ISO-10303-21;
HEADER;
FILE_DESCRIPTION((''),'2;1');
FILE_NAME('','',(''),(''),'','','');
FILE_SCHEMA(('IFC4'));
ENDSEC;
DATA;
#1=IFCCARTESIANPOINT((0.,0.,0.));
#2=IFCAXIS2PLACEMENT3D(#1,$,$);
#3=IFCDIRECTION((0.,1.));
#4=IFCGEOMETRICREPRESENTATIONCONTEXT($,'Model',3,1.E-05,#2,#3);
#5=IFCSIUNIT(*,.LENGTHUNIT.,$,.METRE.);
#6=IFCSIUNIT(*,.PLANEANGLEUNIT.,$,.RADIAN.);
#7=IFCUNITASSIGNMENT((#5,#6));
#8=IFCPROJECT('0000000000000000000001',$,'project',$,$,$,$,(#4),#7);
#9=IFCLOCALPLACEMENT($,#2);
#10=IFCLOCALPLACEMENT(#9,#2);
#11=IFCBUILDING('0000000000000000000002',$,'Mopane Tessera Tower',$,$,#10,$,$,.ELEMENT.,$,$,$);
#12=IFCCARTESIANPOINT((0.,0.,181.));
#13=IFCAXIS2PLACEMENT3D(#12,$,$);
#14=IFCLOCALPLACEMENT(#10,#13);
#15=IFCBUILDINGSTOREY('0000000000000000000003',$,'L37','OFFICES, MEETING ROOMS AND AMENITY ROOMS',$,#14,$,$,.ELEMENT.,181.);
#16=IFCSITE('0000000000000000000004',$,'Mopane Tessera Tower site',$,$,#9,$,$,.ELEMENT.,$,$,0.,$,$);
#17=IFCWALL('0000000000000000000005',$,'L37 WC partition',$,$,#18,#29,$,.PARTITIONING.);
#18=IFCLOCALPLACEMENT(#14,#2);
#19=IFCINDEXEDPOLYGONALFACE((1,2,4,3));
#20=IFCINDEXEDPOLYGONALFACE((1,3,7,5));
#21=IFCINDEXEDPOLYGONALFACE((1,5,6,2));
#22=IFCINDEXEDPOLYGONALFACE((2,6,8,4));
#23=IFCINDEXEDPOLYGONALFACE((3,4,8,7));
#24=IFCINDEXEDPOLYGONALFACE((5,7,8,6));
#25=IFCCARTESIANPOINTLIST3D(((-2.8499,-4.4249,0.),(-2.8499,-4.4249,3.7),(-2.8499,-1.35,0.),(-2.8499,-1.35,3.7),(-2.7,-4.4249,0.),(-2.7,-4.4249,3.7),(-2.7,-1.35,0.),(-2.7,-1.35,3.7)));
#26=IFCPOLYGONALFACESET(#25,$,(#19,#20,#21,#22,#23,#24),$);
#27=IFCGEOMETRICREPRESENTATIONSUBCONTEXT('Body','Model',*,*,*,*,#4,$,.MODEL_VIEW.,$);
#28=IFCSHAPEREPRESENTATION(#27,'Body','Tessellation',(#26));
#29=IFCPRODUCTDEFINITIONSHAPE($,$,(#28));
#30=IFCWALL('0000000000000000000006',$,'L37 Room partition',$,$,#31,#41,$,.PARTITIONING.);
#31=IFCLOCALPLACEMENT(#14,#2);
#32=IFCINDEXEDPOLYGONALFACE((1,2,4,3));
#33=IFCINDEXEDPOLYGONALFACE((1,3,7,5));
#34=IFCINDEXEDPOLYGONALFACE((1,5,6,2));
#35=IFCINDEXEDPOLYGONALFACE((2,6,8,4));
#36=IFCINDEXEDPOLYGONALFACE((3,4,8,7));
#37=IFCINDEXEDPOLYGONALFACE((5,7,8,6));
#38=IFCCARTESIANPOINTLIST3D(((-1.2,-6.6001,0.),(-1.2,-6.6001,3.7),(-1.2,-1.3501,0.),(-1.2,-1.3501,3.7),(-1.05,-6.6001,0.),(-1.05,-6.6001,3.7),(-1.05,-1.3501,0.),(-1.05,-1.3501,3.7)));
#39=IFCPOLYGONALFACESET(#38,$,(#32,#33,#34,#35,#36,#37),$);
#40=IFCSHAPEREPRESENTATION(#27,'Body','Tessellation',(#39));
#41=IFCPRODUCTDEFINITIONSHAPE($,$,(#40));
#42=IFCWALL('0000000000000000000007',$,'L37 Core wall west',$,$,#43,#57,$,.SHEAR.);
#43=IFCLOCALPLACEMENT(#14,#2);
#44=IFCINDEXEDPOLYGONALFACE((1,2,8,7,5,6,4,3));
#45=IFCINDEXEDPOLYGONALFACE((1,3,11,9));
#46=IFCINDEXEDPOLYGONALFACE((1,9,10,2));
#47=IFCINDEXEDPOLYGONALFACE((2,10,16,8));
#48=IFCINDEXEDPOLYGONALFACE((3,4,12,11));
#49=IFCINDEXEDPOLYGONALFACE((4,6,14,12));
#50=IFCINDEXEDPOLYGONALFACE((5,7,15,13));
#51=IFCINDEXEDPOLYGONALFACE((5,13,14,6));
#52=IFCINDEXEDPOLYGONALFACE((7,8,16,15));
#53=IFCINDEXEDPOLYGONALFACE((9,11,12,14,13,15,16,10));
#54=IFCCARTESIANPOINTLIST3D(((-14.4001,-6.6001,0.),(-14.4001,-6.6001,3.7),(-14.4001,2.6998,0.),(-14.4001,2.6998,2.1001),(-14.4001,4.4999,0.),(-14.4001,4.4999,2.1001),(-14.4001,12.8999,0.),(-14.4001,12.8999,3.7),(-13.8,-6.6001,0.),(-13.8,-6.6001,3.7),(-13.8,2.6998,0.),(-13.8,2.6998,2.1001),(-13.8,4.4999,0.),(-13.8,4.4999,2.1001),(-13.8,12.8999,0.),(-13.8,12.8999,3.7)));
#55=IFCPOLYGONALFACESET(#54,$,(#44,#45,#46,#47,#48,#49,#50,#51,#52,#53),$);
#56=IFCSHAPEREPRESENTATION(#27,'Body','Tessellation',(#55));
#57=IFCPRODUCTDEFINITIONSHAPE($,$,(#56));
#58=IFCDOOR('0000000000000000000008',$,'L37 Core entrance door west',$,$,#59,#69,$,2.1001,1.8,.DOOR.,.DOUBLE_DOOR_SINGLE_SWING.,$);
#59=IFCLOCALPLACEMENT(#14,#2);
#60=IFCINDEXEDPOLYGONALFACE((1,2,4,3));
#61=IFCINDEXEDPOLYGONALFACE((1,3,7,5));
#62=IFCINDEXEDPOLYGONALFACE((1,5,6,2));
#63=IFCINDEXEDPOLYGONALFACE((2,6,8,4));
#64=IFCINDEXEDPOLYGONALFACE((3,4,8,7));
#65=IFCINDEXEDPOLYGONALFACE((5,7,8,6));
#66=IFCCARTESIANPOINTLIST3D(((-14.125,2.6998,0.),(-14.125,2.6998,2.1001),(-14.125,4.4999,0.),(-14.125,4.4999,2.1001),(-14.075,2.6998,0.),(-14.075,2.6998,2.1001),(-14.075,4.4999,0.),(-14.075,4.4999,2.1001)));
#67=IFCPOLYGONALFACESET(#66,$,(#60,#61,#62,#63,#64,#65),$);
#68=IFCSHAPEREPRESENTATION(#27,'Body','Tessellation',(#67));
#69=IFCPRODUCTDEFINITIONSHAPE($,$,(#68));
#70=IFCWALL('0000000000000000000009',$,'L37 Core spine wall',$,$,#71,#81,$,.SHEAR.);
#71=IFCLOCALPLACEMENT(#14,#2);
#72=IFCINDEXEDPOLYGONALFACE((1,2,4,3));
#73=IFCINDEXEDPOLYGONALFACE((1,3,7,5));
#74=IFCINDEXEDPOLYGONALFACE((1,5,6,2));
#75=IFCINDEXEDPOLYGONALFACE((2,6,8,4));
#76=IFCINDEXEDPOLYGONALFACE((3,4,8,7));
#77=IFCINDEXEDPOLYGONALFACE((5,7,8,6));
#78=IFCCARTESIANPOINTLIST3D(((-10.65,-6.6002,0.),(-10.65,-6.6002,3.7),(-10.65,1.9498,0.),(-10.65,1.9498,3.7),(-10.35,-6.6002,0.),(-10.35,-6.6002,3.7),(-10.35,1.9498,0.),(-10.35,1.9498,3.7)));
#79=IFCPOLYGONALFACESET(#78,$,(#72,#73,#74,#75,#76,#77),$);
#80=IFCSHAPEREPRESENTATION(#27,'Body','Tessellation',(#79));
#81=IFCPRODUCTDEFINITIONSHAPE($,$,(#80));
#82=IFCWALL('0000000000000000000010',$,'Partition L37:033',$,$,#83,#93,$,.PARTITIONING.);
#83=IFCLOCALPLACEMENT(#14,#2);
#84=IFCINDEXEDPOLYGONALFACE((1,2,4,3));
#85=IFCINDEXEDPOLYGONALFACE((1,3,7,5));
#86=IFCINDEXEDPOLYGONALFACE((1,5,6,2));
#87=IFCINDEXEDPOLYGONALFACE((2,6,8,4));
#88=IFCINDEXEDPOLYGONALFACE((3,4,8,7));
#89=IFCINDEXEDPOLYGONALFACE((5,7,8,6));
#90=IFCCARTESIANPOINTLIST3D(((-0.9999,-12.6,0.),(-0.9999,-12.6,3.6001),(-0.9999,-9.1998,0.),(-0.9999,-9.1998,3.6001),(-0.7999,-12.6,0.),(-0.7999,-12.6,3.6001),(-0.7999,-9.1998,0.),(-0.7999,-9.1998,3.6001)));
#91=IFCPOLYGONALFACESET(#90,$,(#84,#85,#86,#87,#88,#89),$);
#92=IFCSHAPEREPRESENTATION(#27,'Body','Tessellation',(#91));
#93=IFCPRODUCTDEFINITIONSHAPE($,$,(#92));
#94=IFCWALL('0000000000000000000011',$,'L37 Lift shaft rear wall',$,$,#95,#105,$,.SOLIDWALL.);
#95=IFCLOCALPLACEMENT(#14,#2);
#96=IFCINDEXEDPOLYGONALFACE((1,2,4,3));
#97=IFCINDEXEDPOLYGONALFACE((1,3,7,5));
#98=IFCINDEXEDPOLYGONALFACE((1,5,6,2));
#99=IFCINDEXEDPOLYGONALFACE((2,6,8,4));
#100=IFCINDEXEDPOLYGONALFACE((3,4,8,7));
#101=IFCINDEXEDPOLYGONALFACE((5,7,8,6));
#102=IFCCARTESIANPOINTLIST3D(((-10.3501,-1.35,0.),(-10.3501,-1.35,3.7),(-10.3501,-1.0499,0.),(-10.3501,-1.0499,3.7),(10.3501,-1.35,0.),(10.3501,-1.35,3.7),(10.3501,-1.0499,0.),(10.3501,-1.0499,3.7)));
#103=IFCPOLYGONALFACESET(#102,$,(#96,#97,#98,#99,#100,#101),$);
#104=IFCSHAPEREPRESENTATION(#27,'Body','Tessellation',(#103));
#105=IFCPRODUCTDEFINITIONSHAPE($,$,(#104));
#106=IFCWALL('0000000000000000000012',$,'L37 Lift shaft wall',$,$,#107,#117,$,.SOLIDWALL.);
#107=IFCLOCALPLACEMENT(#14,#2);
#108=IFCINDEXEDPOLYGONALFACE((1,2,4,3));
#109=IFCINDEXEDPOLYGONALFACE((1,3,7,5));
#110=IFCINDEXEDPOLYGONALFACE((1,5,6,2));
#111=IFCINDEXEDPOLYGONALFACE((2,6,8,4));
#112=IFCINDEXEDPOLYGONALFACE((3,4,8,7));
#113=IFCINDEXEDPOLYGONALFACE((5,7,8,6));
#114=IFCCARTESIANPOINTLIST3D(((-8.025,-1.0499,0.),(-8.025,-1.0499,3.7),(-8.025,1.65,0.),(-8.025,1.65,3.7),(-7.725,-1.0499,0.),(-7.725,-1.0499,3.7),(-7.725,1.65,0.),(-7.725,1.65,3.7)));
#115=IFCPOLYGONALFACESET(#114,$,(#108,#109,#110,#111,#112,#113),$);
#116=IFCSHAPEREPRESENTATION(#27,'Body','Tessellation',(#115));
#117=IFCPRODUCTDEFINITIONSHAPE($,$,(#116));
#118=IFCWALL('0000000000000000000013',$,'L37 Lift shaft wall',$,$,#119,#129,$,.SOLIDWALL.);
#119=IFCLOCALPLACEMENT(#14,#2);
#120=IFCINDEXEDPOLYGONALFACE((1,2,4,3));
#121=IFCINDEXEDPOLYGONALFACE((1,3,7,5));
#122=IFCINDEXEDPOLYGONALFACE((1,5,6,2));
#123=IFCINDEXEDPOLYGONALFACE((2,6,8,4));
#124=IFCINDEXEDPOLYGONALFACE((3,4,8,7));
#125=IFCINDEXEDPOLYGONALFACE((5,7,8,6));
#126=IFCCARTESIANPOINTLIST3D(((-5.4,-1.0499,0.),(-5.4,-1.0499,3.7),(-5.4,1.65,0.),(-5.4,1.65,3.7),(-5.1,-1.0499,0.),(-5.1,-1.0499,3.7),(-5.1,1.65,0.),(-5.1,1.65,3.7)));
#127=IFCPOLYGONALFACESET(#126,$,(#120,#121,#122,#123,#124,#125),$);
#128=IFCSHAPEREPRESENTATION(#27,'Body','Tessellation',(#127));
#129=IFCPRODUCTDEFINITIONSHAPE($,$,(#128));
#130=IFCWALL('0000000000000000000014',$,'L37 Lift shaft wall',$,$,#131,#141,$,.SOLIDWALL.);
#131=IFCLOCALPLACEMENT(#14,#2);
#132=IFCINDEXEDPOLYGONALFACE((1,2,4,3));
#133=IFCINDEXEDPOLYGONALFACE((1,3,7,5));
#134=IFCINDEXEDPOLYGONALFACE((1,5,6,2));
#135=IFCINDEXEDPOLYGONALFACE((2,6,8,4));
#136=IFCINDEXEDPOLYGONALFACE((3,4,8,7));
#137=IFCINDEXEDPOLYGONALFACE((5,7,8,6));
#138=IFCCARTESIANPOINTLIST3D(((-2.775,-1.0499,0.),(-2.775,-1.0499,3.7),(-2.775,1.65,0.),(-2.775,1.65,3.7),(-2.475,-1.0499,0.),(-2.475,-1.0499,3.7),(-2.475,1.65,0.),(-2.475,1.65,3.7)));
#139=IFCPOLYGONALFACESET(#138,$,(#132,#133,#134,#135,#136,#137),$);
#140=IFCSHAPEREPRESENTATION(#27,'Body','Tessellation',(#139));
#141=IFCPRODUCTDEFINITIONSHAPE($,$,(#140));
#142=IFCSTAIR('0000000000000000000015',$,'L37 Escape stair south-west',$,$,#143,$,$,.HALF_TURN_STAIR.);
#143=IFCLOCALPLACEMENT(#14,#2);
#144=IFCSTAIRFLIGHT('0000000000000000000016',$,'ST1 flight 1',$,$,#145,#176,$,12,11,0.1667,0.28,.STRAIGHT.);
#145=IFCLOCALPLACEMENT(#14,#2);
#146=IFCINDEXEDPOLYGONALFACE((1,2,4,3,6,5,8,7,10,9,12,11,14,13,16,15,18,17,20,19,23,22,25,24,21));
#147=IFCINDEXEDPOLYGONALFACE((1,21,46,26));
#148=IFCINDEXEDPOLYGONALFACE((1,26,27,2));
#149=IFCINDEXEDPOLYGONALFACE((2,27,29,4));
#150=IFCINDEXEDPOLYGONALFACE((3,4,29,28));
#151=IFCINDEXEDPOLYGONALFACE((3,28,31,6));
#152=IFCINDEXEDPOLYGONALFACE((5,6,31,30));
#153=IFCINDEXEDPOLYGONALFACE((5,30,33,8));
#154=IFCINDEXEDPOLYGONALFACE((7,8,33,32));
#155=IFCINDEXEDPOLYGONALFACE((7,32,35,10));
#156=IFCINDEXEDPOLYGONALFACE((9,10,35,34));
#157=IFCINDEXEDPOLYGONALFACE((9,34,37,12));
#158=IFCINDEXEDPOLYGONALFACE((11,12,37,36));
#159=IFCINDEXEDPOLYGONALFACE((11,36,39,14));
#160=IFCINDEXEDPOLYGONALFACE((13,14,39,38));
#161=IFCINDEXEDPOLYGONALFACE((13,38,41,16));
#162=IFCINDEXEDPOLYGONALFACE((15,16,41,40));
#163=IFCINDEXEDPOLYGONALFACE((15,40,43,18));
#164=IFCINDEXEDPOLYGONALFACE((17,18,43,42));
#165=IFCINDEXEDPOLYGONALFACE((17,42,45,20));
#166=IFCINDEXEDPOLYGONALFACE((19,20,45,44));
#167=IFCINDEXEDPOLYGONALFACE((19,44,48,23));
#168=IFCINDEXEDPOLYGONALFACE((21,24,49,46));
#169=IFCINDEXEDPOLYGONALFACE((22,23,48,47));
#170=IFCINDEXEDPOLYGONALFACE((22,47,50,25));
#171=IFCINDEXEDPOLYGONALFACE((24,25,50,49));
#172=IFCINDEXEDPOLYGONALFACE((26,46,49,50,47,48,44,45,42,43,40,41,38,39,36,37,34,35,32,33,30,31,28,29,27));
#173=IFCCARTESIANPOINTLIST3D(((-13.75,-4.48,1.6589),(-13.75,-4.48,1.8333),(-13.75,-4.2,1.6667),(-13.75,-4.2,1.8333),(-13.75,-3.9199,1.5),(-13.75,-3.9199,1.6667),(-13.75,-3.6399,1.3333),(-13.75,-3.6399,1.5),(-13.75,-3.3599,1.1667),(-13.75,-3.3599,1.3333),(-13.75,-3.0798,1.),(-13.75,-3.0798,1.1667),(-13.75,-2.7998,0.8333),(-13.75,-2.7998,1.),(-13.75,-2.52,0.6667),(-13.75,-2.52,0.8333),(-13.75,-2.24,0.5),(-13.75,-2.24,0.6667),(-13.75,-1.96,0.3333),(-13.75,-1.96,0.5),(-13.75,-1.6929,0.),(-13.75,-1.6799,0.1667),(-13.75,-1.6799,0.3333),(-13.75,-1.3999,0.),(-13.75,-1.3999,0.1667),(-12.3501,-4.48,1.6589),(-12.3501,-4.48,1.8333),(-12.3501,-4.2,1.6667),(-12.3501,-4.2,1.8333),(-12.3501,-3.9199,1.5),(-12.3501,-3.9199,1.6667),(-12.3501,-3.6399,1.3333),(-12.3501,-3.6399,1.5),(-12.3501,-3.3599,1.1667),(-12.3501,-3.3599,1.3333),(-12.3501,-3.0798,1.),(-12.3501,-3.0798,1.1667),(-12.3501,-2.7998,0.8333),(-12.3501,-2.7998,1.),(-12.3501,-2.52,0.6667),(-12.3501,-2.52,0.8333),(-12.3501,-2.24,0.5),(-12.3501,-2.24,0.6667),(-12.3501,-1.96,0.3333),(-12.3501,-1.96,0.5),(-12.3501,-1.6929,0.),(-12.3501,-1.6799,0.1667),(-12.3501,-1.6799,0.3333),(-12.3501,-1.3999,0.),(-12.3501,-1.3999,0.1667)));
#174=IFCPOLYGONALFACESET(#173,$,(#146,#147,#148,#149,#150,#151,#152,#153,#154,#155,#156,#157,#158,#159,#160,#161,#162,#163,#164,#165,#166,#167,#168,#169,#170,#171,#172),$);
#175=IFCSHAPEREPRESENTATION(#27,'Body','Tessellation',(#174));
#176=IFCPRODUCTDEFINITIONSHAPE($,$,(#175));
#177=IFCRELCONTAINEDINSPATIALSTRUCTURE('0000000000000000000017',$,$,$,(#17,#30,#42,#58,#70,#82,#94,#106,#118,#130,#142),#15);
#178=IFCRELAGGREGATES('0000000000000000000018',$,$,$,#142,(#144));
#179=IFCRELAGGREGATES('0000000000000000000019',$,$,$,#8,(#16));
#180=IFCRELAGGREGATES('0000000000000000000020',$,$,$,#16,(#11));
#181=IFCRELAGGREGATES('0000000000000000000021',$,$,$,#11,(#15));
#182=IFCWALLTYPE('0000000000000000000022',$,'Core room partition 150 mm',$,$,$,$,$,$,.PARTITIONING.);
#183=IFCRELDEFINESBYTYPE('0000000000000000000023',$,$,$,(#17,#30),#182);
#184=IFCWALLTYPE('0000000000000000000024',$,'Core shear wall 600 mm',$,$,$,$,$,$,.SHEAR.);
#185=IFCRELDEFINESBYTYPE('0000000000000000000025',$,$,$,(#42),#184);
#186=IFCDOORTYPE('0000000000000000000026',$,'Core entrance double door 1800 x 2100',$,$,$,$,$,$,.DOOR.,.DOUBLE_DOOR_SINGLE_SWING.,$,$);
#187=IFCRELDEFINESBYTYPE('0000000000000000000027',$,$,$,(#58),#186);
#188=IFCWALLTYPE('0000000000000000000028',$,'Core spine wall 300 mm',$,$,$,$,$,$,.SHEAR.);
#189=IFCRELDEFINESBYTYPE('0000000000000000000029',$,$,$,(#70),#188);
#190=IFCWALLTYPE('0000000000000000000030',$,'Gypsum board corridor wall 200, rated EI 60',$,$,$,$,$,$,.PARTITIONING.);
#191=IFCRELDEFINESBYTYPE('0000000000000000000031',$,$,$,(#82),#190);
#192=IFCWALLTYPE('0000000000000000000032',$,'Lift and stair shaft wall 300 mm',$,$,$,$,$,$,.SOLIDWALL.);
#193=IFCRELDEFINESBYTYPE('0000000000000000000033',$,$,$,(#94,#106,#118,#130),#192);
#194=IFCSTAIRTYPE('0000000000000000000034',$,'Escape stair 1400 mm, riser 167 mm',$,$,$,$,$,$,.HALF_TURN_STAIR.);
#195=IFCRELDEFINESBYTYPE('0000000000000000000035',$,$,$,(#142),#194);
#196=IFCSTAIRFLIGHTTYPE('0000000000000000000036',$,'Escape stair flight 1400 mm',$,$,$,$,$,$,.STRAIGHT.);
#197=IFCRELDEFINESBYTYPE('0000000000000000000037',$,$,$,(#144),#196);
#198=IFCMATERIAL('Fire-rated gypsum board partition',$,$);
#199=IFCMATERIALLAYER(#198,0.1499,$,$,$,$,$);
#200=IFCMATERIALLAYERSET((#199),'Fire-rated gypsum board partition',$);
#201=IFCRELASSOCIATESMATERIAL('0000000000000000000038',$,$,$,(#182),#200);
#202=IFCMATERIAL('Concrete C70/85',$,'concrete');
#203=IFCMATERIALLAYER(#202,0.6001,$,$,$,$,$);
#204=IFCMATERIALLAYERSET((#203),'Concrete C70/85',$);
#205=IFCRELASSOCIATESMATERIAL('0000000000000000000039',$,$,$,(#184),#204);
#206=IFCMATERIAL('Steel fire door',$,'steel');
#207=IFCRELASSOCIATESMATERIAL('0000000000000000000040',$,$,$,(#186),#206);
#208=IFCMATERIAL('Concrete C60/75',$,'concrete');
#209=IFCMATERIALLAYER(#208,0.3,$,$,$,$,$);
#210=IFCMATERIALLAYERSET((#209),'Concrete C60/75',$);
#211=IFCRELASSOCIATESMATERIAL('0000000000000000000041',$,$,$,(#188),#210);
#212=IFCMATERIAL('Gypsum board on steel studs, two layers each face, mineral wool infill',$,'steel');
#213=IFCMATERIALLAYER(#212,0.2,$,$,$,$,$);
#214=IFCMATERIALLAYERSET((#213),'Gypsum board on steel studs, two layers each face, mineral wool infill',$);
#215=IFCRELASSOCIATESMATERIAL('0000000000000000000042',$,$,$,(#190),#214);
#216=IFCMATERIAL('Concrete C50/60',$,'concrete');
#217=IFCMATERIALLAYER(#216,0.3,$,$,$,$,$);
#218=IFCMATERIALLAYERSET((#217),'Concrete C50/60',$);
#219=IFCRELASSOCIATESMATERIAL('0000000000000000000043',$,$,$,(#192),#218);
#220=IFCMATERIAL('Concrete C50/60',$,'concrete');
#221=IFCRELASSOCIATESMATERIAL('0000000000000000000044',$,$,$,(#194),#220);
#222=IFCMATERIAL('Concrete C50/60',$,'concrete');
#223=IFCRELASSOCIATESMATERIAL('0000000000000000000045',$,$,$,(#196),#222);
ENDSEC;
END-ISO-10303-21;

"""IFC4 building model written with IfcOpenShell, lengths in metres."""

from ifc_helpers import new_model, si_unit, direction, frame, frame_2d, origin, place, context, subcontext, project, spatial, polyline, rectangle, outline, extrude, material, layer, layer_set, type_object, element, fill, aggregate, save


model = new_model("IFC4")

# Units and contexts
model_context = context("Model", 3, precision=1e-05, world=origin(), true_north=direction((0.0, 1.0)))
body_context = subcontext(model_context, "Body", "Model", "MODEL_VIEW")
ifc_project = project(units=[si_unit("LENGTHUNIT", "METRE"), si_unit("PLANEANGLEUNIT", "RADIAN")], contexts=[model_context])

# Site, building, storey
site_placement = place(None, origin())
site = spatial("IfcSite", under=ifc_project, at=site_placement, Name="Mopane Tessera Tower site", CompositionType="ELEMENT", RefElevation=0.0)
building_placement = place(site_placement, origin())
building = spatial("IfcBuilding", under=site, at=building_placement, Name="Mopane Tessera Tower", CompositionType="ELEMENT")
storey_placement = place(building_placement, frame((0.0, 0.0, 181.0)))
storey = spatial("IfcBuildingStorey", under=building, at=storey_placement, Name="L37", Description="OFFICES, MEETING ROOMS AND AMENITY ROOMS", CompositionType="ELEMENT", Elevation=181.0)

# Shared definitions
ifc_material_1 = material(Name="Fire-rated gypsum board partition")
ifc_layer_1 = layer(ifc_material_1, 0.1499)
ifc_layer_set_1 = layer_set([ifc_layer_1], Name="Fire-rated gypsum board partition")
wall_type_1 = type_object("IfcWallType", Name="Core room partition 150 mm", PredefinedType="PARTITIONING", material=ifc_layer_set_1)

# Walls
for number, where, z_axis, x_axis, name in (
    (1, (-2.7749, -4.425, 0.0), (0.0, 0.0, 1.0), (0.0, 1.0, 0.0), "L37 WC partition"),
):
    element("IfcWall", number, at=place(storey_placement, frame(where, z_axis=z_axis, x_axis=x_axis)), inside=storey, type_object=wall_type_1, Name=name, PredefinedType="PARTITIONING", context=body_context, shape_type="SweptSolid", body=[
        extrude(rectangle(XDim=3.075, YDim=0.1499, at=frame_2d((1.5376, 0.0))), origin(), (0.0, 0.0, 1.0), 3.7),
    ])
wall_1_placement = place(storey_placement, frame((-1.125, -6.6001, 0.0), z_axis=(0.0, 0.0, 1.0), x_axis=(0.0, 1.0, 0.0)))
element("IfcWall", 2, at=wall_1_placement, inside=storey, type_object=wall_type_1, Name="L37 Room partition", PredefinedType="PARTITIONING", context=body_context, shape_type="SweptSolid", body=[
    extrude(rectangle(XDim=5.25, YDim=0.1499, at=frame_2d((2.625, 0.0))), origin(), (0.0, 0.0, 1.0), 3.7),
])

# Wall, opening, door
ifc_material_2 = material(Name="Concrete C70/85", Category="concrete")
ifc_layer_2 = layer(ifc_material_2, 0.6001)
ifc_layer_set_2 = layer_set([ifc_layer_2], Name="Concrete C70/85")
wall_type_2 = type_object("IfcWallType", Name="Core shear wall 600 mm", PredefinedType="SHEAR", material=ifc_layer_set_2)
wall_2_placement = place(storey_placement, frame((-14.1001, -6.6001, 0.0), z_axis=(0.0, 0.0, 1.0), x_axis=(0.0, 1.0, 0.0)))
wall_2 = element("IfcWall", 3, at=wall_2_placement, inside=storey, type_object=wall_type_2, Name="L37 Core wall west", PredefinedType="SHEAR", context=body_context, shape_type="SweptSolid", body=[
    extrude(rectangle(XDim=19.5, YDim=0.6001, at=frame_2d((9.75, 0.0))), origin(), (0.0, 0.0, 1.0), 3.7),
])
opening_1_placement = place(wall_2_placement, frame((9.3, 0.0, 0.0)))
opening_1 = element("IfcOpeningElement", 4, at=opening_1_placement, cuts=wall_2, PredefinedType="OPENING", context=body_context, shape_type="SweptSolid", body=[
    extrude(rectangle(XDim=1.8, YDim=2.1001, at=frame_2d((0.8999, 1.05))), frame((0.0, 0.312, 0.0), z_axis=(0.0, -1.0, 0.0), x_axis=(1.0, 0.0, 0.0)), (0.0, 0.0, 1.0), 0.624),
])
ifc_material_3 = material(Name="Steel fire door", Category="steel")
door_type_1 = type_object("IfcDoorType", Name="Core entrance double door 1800 x 2100", OperationType="DOUBLE_DOOR_SINGLE_SWING", PredefinedType="DOOR", material=ifc_material_3)
door_1_placement = place(opening_1_placement, origin())
door_1 = element("IfcDoor", 5, at=door_1_placement, inside=storey, type_object=door_type_1, Name="L37 Core entrance door west", OperationType="DOUBLE_DOOR_SINGLE_SWING", OverallHeight=2.1001, OverallWidth=1.8, PredefinedType="DOOR", context=body_context, shape_type="SweptSolid", body=[
    extrude(rectangle(XDim=1.8, YDim=2.1001, at=frame_2d((0.8999, 1.05))), frame((0.0, 0.0249, 0.0), z_axis=(0.0, -1.0, 0.0), x_axis=(1.0, 0.0, 0.0)), (0.0, 0.0, 1.0), 0.05),
])
fill(opening_1, door_1)

# Walls
ifc_material_4 = material(Name="Concrete C60/75", Category="concrete")
ifc_layer_3 = layer(ifc_material_4, 0.3)
ifc_layer_set_3 = layer_set([ifc_layer_3], Name="Concrete C60/75")
wall_type_3 = type_object("IfcWallType", Name="Core spine wall 300 mm", PredefinedType="SHEAR", material=ifc_layer_set_3)
wall_3_placement = place(storey_placement, frame((-10.5, -6.6001, 0.0), z_axis=(0.0, 0.0, 1.0), x_axis=(0.0, 1.0, 0.0)))
element("IfcWall", 6, at=wall_3_placement, inside=storey, type_object=wall_type_3, Name="L37 Core spine wall", PredefinedType="SHEAR", context=body_context, shape_type="SweptSolid", body=[
    extrude(rectangle(XDim=8.55, YDim=0.3, at=frame_2d((4.2749, 0.0))), origin(), (0.0, 0.0, 1.0), 3.7),
])
ifc_material_5 = material(Name="Gypsum board on steel studs, two layers each face, mineral wool infill", Category="steel")
ifc_layer_4 = layer(ifc_material_5, 0.2)
ifc_layer_set_4 = layer_set([ifc_layer_4], Name="Gypsum board on steel studs, two layers each face, mineral wool infill")
wall_type_4 = type_object("IfcWallType", Name="Gypsum board corridor wall 200, rated EI 60", PredefinedType="PARTITIONING", material=ifc_layer_set_4)
wall_4_placement = place(storey_placement, frame((-0.8999, -12.6001, 0.0), z_axis=(0.0, 0.0, 1.0), x_axis=(0.0, 1.0, 0.0)))
element("IfcWall", 7, at=wall_4_placement, inside=storey, type_object=wall_type_4, Name="Partition L37:033", PredefinedType="PARTITIONING", context=body_context, shape_type="SweptSolid", body=[
    extrude(rectangle(XDim=3.4001, YDim=0.2, at=frame_2d((1.7002, 0.0))), origin(), (0.0, 0.0, 1.0), 3.6001),
])
ifc_material_6 = material(Name="Concrete C50/60", Category="concrete")
ifc_layer_5 = layer(ifc_material_6, 0.3)
ifc_layer_set_5 = layer_set([ifc_layer_5], Name="Concrete C50/60")
wall_type_5 = type_object("IfcWallType", Name="Lift and stair shaft wall 300 mm", PredefinedType="SOLIDWALL", material=ifc_layer_set_5)
wall_5_placement = place(storey_placement, frame((-10.3501, -1.2, 0.0), z_axis=(0.0, 0.0, 1.0), x_axis=(1.0, 0.0, 0.0)))
element("IfcWall", 8, at=wall_5_placement, inside=storey, type_object=wall_type_5, Name="L37 Lift shaft rear wall", PredefinedType="SOLIDWALL", context=body_context, shape_type="SweptSolid", body=[
    extrude(rectangle(XDim=20.7002, YDim=0.3, at=frame_2d((10.3501, 0.0))), origin(), (0.0, 0.0, 1.0), 3.7),
])
for number, where, z_axis, x_axis, name in (
    (9, (-7.875, -1.05, 0.0), (0.0, 0.0, 1.0), (0.0, 1.0, 0.0), "L37 Lift shaft wall"),
    (10, (-5.25, -1.05, 0.0), (0.0, 0.0, 1.0), (0.0, 1.0, 0.0), "L37 Lift shaft wall"),
    (11, (-2.625, -1.05, 0.0), (0.0, 0.0, 1.0), (0.0, 1.0, 0.0), "L37 Lift shaft wall"),
):
    element("IfcWall", number, at=place(storey_placement, frame(where, z_axis=z_axis, x_axis=x_axis)), inside=storey, type_object=wall_type_5, Name=name, PredefinedType="SOLIDWALL", context=body_context, shape_type="SweptSolid", body=[
        extrude(rectangle(XDim=2.7, YDim=0.3, at=frame_2d((1.3501, 0.0))), origin(), (0.0, 0.0, 1.0), 3.7),
    ])

# Stair, stair flight
ifc_material_7 = material(Name="Concrete C50/60", Category="concrete")
stair_type = type_object("IfcStairType", Name="Escape stair 1400 mm, riser 167 mm", PredefinedType="HALF_TURN_STAIR", material=ifc_material_7)
stair_placement = place(storey_placement, origin())
stair = element("IfcStair", 12, at=stair_placement, inside=storey, type_object=stair_type, Name="L37 Escape stair south-west", PredefinedType="HALF_TURN_STAIR")
ifc_material_8 = material(Name="Concrete C50/60", Category="concrete")
stair_flight_type = type_object("IfcStairFlightType", Name="Escape stair flight 1400 mm", PredefinedType="STRAIGHT", material=ifc_material_8)
stair_flight_1_placement = place(storey_placement, frame((-13.05, -1.3999, 0.0), z_axis=(0.0, 0.0, 1.0), x_axis=(0.0, -1.0, 0.0)))
stair_flight_1 = element("IfcStairFlight", 13, at=stair_flight_1_placement, type_object=stair_flight_type, Name="ST1 flight 1", NumberOfRisers=12, NumberOfTreads=11, PredefinedType="STRAIGHT", RiserHeight=0.1667, TreadLength=0.28, context=body_context, shape_type="SweptSolid", body=[
    extrude(outline(polyline([(0.0, 0.0), (0.0, 0.1667), (0.28, 0.1667), (0.28, 0.3333), (0.5601, 0.3333), (0.5601, 0.5), (0.8401, 0.5), (0.8401, 0.6667), (1.1201, 0.6667), (1.1201, 0.8333), (1.3999, 0.8333), (1.3999, 1.0), (1.6799, 1.0), (1.6799, 1.1667), (1.96, 1.1667), (1.96, 1.3333), (2.24, 1.3333), (2.24, 1.5), (2.52, 1.5), (2.52, 1.6667), (2.8, 1.6667), (2.8, 1.8333), (3.0801, 1.8333), (3.0801, 2.0), (3.0801, 1.6589), (0.293, 0.0), (0.0, 0.0)])), frame((0.0, 0.7, 0.0), z_axis=(0.0, -1.0, 0.0), x_axis=(1.0, 0.0, 0.0)), (0.0, 0.0, 1.0), 1.3999),
])
aggregate(stair, [stair_flight_1])

save(model, "model.ifc")
